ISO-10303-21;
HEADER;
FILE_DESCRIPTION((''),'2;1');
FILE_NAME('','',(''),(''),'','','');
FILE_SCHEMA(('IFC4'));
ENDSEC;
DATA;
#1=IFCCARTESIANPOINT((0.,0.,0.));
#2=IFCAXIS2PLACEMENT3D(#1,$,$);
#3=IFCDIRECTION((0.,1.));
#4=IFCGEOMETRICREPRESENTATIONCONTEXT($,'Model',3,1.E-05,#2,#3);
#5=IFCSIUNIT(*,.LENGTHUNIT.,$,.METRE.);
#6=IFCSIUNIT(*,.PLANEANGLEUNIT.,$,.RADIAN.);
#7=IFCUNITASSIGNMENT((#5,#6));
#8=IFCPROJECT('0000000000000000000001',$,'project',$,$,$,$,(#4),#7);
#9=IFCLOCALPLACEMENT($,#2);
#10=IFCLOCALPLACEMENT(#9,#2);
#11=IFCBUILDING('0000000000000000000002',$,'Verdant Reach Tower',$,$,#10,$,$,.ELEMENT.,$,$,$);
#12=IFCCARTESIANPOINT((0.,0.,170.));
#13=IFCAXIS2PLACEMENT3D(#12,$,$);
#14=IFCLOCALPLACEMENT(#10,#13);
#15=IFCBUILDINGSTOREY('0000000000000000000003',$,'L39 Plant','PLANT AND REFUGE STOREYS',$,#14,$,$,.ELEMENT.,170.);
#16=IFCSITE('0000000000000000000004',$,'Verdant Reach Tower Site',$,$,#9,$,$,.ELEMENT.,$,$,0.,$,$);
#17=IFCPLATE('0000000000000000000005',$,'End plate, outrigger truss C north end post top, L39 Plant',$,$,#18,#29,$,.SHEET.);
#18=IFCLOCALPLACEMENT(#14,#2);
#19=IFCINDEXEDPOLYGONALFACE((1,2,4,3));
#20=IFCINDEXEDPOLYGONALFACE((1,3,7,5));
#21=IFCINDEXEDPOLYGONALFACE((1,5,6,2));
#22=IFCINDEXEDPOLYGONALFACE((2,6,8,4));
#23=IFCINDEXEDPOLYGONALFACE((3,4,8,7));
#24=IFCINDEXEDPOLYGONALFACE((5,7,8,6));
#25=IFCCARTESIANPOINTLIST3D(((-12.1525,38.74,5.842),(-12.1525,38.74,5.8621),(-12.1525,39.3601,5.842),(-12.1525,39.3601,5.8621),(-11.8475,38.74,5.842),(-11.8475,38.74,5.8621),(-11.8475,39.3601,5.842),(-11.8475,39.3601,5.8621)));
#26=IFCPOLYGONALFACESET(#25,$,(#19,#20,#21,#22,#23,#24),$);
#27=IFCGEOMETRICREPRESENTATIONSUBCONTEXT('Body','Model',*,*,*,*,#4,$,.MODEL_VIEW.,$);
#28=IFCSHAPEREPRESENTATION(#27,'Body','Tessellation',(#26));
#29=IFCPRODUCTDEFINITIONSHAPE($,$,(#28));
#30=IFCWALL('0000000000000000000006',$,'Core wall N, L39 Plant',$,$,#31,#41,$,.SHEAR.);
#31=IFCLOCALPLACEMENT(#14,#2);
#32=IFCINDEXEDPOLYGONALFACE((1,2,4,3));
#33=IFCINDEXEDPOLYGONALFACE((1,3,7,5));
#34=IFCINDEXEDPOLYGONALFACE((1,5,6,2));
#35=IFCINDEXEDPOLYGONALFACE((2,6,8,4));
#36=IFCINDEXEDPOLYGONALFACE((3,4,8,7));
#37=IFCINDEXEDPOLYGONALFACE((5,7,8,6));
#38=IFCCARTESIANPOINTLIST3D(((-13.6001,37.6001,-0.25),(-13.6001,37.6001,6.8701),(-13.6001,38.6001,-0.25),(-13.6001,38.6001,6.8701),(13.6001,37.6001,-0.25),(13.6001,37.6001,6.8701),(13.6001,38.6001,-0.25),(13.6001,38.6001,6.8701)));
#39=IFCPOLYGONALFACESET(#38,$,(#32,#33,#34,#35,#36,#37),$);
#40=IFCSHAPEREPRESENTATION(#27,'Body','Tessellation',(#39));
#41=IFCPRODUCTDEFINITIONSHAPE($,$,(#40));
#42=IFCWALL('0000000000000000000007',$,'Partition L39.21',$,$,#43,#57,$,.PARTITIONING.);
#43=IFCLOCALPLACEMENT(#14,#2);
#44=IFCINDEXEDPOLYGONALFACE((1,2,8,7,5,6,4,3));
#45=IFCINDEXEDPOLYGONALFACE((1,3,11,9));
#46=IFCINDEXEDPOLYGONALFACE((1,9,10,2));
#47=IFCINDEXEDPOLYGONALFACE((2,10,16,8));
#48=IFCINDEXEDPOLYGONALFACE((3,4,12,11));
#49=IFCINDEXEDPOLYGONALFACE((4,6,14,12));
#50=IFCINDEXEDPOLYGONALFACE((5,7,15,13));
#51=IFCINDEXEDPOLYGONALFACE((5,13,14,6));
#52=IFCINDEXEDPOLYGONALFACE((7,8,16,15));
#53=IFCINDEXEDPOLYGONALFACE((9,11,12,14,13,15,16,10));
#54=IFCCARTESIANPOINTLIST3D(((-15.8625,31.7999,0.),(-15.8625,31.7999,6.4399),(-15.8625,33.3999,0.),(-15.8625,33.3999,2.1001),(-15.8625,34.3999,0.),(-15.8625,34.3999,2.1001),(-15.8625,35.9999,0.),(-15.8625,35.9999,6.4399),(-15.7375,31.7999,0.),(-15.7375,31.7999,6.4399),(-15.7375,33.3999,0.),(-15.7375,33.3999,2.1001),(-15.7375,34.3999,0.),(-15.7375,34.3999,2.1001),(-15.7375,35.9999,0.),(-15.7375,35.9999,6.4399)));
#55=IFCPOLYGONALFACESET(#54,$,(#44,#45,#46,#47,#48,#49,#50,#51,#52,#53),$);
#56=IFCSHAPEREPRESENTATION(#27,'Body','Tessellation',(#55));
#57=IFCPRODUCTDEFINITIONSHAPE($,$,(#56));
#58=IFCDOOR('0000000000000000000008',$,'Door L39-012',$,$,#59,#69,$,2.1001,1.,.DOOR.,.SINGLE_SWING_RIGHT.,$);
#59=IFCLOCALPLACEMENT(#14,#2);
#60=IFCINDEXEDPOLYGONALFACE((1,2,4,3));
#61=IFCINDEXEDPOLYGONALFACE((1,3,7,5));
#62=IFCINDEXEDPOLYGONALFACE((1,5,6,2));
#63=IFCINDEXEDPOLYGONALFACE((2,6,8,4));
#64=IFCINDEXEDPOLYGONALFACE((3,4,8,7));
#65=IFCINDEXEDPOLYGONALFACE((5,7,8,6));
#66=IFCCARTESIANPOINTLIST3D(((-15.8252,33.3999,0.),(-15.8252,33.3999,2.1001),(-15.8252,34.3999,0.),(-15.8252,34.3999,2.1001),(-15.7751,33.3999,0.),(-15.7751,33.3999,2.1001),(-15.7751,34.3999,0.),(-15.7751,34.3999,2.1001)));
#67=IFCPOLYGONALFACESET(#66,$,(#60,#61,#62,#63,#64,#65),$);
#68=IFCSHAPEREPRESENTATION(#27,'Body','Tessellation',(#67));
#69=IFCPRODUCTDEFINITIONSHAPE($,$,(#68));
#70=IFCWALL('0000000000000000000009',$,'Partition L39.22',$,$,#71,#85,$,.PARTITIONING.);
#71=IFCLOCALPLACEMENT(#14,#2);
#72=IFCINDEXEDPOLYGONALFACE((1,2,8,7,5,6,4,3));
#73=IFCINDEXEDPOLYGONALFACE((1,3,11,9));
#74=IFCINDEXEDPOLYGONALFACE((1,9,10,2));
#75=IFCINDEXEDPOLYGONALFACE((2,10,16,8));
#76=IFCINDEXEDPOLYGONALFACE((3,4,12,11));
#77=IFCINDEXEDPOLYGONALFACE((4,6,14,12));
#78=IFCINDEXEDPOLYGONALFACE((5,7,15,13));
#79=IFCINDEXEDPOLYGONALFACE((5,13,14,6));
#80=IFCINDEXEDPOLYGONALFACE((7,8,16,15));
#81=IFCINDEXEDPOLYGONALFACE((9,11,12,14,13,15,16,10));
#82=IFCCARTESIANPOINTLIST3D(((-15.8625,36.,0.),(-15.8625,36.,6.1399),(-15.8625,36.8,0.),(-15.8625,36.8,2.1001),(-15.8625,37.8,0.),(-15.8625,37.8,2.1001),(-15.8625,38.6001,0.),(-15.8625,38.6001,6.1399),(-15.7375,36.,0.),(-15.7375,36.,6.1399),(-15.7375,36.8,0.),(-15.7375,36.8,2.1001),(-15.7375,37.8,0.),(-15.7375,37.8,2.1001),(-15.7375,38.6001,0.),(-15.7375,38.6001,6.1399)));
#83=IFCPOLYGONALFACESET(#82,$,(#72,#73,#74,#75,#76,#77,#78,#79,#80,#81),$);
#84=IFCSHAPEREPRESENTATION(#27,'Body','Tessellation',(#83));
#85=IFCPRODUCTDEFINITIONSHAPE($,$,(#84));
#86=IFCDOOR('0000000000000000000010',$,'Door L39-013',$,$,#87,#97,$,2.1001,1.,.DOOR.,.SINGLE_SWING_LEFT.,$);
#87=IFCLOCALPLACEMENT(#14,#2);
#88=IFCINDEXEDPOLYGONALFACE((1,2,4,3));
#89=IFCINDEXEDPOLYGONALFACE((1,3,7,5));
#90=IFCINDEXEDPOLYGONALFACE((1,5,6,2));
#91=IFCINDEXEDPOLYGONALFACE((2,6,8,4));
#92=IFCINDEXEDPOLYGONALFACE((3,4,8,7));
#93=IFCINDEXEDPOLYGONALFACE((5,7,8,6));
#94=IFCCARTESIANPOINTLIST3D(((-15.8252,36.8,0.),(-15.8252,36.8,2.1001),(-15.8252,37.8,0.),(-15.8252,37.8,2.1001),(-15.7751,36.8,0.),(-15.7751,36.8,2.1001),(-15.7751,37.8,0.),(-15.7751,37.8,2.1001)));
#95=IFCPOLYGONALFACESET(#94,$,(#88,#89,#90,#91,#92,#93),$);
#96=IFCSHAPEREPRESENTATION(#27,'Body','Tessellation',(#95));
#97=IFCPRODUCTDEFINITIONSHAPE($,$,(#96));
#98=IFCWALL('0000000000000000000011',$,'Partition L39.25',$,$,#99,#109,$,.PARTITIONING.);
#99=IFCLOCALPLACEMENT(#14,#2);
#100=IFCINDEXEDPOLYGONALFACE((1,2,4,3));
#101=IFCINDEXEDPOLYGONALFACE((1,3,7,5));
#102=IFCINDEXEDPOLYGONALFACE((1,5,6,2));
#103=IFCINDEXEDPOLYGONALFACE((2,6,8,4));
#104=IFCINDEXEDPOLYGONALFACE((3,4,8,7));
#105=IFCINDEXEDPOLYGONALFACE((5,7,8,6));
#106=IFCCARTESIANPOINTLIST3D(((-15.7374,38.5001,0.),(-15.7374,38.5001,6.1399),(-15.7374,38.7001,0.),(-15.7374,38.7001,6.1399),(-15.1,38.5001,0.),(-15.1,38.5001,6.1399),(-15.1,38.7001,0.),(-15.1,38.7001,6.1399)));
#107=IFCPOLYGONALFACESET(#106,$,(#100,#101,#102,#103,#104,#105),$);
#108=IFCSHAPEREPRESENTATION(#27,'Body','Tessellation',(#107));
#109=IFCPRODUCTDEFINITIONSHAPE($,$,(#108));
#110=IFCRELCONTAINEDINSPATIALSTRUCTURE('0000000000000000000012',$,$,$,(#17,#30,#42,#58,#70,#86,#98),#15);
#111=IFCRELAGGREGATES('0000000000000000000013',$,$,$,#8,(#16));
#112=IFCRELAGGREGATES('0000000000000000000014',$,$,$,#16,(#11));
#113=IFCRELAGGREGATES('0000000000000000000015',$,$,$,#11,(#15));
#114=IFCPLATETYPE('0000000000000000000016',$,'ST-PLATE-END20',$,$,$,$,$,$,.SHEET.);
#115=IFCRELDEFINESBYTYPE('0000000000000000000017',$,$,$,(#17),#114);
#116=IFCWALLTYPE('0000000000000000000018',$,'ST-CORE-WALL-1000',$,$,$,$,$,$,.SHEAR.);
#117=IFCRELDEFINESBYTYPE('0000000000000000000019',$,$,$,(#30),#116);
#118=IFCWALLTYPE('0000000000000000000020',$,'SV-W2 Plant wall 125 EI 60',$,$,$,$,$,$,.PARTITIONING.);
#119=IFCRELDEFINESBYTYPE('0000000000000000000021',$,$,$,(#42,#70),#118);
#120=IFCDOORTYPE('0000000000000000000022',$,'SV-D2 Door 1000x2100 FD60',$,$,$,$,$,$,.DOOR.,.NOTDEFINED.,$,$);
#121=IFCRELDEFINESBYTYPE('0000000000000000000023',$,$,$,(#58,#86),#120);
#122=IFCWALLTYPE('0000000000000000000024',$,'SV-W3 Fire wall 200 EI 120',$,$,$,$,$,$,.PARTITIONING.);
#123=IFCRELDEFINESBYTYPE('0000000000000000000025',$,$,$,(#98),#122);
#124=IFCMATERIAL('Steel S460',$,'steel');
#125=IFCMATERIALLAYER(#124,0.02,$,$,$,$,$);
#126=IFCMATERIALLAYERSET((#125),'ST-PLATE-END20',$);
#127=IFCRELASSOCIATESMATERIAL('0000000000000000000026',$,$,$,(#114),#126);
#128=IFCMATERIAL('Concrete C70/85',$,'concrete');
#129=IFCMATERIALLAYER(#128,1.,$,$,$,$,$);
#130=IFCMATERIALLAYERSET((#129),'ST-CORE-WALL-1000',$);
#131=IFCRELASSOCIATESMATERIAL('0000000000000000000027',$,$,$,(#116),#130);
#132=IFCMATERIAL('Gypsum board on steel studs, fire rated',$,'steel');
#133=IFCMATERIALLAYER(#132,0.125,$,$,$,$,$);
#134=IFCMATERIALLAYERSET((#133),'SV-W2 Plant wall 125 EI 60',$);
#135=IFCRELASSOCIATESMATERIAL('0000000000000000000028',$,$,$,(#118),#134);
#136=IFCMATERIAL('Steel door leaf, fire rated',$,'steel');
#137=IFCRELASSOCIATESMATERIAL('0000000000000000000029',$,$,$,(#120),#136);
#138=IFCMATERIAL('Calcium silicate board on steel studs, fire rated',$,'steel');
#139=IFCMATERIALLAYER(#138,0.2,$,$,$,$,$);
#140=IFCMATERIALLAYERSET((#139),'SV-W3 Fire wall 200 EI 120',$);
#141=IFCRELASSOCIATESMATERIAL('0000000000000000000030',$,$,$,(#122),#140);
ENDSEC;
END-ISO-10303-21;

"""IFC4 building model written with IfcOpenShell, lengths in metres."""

from ifc_helpers import new_model, si_unit, direction, frame, frame_2d, origin, origin_2d, place, context, subcontext, project, spatial, rectangle, extrude, material, layer, layer_set, type_object, element, fill, save


model = new_model("IFC4")

# Units and contexts
model_context = context("Model", 3, precision=1e-05, world=origin(), true_north=direction((0.0, 1.0)))
body_context = subcontext(model_context, "Body", "Model", "MODEL_VIEW")
ifc_project = project(units=[si_unit("LENGTHUNIT", "METRE"), si_unit("PLANEANGLEUNIT", "RADIAN")], contexts=[model_context])

# Site, building, storey
site_placement = place(None, origin())
site = spatial("IfcSite", under=ifc_project, at=site_placement, Name="Verdant Reach Tower Site", CompositionType="ELEMENT", RefElevation=0.0)
building_placement = place(site_placement, origin())
building = spatial("IfcBuilding", under=site, at=building_placement, Name="Verdant Reach Tower", CompositionType="ELEMENT")
storey_placement = place(building_placement, frame((0.0, 0.0, 170.0)))
storey = spatial("IfcBuildingStorey", under=building, at=storey_placement, Name="L39 Plant", Description="PLANT AND REFUGE STOREYS", CompositionType="ELEMENT", Elevation=170.0)

# Shared definitions
ifc_material_1 = material(Name="Steel S460", Category="steel")

# Plate
ifc_layer_1 = layer(ifc_material_1, 0.02)
ifc_layer_set_1 = layer_set([ifc_layer_1], Name="ST-PLATE-END20")
plate_type_1 = type_object("IfcPlateType", Name="ST-PLATE-END20", PredefinedType="SHEET", material=ifc_layer_set_1)
for number, where, z_axis, x_axis, name in (
    (1, (-12.0, 39.05, 5.842), (0.0, 0.0, 1.0), (1.0, 0.0, 0.0), "End plate, outrigger truss C north end post top, L39 Plant"),
):
    element("IfcPlate", number, at=place(storey_placement, frame(where, z_axis=z_axis, x_axis=x_axis)), inside=storey, type_object=plate_type_1, Name=name, PredefinedType="SHEET", context=body_context, shape_type="SweptSolid", body=[
        extrude(rectangle(XDim=0.3049, YDim=0.6201, at=origin_2d()), origin(), (0.0, 0.0, 1.0), 0.02),
    ])

# Wall
ifc_material_2 = material(Name="Concrete C70/85", Category="concrete")
ifc_layer_2 = layer(ifc_material_2, 1.0)
ifc_layer_set_2 = layer_set([ifc_layer_2], Name="ST-CORE-WALL-1000")
wall_type_1 = type_object("IfcWallType", Name="ST-CORE-WALL-1000", PredefinedType="SHEAR", material=ifc_layer_set_2)
wall_1_placement = place(storey_placement, frame((-13.6001, 38.1001, -0.25), z_axis=(0.0, 0.0, 1.0), x_axis=(1.0, 0.0, 0.0)))
element("IfcWall", 2, at=wall_1_placement, inside=storey, type_object=wall_type_1, Name="Core wall N, L39 Plant", PredefinedType="SHEAR", context=body_context, shape_type="SweptSolid", body=[
    extrude(rectangle(XDim=27.2002, YDim=1.0, at=frame_2d((13.6001, 0.0))), origin(), (0.0, 0.0, 1.0), 7.1201),
])

# Walls, openings, doors
ifc_material_3 = material(Name="Gypsum board on steel studs, fire rated", Category="steel")
ifc_layer_3 = layer(ifc_material_3, 0.125)
ifc_layer_set_3 = layer_set([ifc_layer_3], Name="SV-W2 Plant wall 125 EI 60")
wall_type_2 = type_object("IfcWallType", Name="SV-W2 Plant wall 125 EI 60", PredefinedType="PARTITIONING", material=ifc_layer_set_3)
wall_2_placement = place(storey_placement, frame((-15.8, 36.0, 0.0), z_axis=(0.0, 0.0, 1.0), x_axis=(0.0, -1.0, 0.0)))
wall_2 = element("IfcWall", 3, at=wall_2_placement, inside=storey, type_object=wall_type_2, Name="Partition L39.21", PredefinedType="PARTITIONING", context=body_context, shape_type="SweptSolid", body=[
    extrude(rectangle(XDim=4.2, YDim=0.125, at=frame_2d((2.1001, 0.0))), origin(), (0.0, 0.0, 1.0), 6.4399),
])
opening_1_placement = place(wall_2_placement, frame((1.6001, 0.0, 0.0)))
opening_1 = element("IfcOpeningElement", 4, at=opening_1_placement, cuts=wall_2, PredefinedType="OPENING", context=body_context, shape_type="SweptSolid", body=[
    extrude(rectangle(XDim=1.0, YDim=2.1001, at=frame_2d((0.5, 1.05))), frame((0.0, 0.0725, 0.0), z_axis=(0.0, -1.0, 0.0), x_axis=(1.0, 0.0, 0.0)), (0.0, 0.0, 1.0), 0.145),
])
ifc_material_4 = material(Name="Steel door leaf, fire rated", Category="steel")
door_type = type_object("IfcDoorType", Name="SV-D2 Door 1000x2100 FD60", OperationType="NOTDEFINED", PredefinedType="DOOR", material=ifc_material_4)
door_1_placement = place(opening_1_placement, origin())
door_1 = element("IfcDoor", 5, at=door_1_placement, inside=storey, type_object=door_type, Name="Door L39-012", OperationType="SINGLE_SWING_RIGHT", OverallHeight=2.1001, OverallWidth=1.0, PredefinedType="DOOR", context=body_context, shape_type="SweptSolid", body=[
    extrude(rectangle(XDim=1.0, YDim=2.1001, at=frame_2d((0.5, 1.05))), frame((0.0, 0.0249, 0.0), z_axis=(0.0, -1.0, 0.0), x_axis=(1.0, 0.0, 0.0)), (0.0, 0.0, 1.0), 0.05),
])
fill(opening_1, door_1)
wall_3_placement = place(storey_placement, frame((-15.8, 38.6001, 0.0), z_axis=(0.0, 0.0, 1.0), x_axis=(0.0, -1.0, 0.0)))
wall_3 = element("IfcWall", 6, at=wall_3_placement, inside=storey, type_object=wall_type_2, Name="Partition L39.22", PredefinedType="PARTITIONING", context=body_context, shape_type="SweptSolid", body=[
    extrude(rectangle(XDim=2.6001, YDim=0.125, at=frame_2d((1.3, 0.0))), origin(), (0.0, 0.0, 1.0), 6.1399),
])
opening_2_placement = place(wall_3_placement, frame((0.8, 0.0, 0.0)))
opening_2 = element("IfcOpeningElement", 7, at=opening_2_placement, cuts=wall_3, PredefinedType="OPENING", context=body_context, shape_type="SweptSolid", body=[
    extrude(rectangle(XDim=1.0, YDim=2.1001, at=frame_2d((0.5, 1.05))), frame((0.0, 0.0725, 0.0), z_axis=(0.0, -1.0, 0.0), x_axis=(1.0, 0.0, 0.0)), (0.0, 0.0, 1.0), 0.145),
])
door_2_placement = place(opening_2_placement, origin())
door_2 = element("IfcDoor", 8, at=door_2_placement, inside=storey, type_object=door_type, Name="Door L39-013", OperationType="SINGLE_SWING_LEFT", OverallHeight=2.1001, OverallWidth=1.0, PredefinedType="DOOR", context=body_context, shape_type="SweptSolid", body=[
    extrude(rectangle(XDim=1.0, YDim=2.1001, at=frame_2d((0.5, 1.05))), frame((0.0, 0.0249, 0.0), z_axis=(0.0, -1.0, 0.0), x_axis=(1.0, 0.0, 0.0)), (0.0, 0.0, 1.0), 0.05),
])
fill(opening_2, door_2)

# Wall
ifc_material_5 = material(Name="Calcium silicate board on steel studs, fire rated", Category="steel")
ifc_layer_4 = layer(ifc_material_5, 0.2)
ifc_layer_set_4 = layer_set([ifc_layer_4], Name="SV-W3 Fire wall 200 EI 120")
wall_type_3 = type_object("IfcWallType", Name="SV-W3 Fire wall 200 EI 120", PredefinedType="PARTITIONING", material=ifc_layer_set_4)
wall_4_placement = place(storey_placement, frame((-15.7375, 38.6001, 0.0), z_axis=(0.0, 0.0, 1.0), x_axis=(1.0, 0.0, 0.0)))
element("IfcWall", 9, at=wall_4_placement, inside=storey, type_object=wall_type_3, Name="Partition L39.25", PredefinedType="PARTITIONING", context=body_context, shape_type="SweptSolid", body=[
    extrude(rectangle(XDim=0.6375, YDim=0.2, at=frame_2d((0.3188, 0.0))), origin(), (0.0, 0.0, 1.0), 6.1399),
])

save(model, "model.ifc")
